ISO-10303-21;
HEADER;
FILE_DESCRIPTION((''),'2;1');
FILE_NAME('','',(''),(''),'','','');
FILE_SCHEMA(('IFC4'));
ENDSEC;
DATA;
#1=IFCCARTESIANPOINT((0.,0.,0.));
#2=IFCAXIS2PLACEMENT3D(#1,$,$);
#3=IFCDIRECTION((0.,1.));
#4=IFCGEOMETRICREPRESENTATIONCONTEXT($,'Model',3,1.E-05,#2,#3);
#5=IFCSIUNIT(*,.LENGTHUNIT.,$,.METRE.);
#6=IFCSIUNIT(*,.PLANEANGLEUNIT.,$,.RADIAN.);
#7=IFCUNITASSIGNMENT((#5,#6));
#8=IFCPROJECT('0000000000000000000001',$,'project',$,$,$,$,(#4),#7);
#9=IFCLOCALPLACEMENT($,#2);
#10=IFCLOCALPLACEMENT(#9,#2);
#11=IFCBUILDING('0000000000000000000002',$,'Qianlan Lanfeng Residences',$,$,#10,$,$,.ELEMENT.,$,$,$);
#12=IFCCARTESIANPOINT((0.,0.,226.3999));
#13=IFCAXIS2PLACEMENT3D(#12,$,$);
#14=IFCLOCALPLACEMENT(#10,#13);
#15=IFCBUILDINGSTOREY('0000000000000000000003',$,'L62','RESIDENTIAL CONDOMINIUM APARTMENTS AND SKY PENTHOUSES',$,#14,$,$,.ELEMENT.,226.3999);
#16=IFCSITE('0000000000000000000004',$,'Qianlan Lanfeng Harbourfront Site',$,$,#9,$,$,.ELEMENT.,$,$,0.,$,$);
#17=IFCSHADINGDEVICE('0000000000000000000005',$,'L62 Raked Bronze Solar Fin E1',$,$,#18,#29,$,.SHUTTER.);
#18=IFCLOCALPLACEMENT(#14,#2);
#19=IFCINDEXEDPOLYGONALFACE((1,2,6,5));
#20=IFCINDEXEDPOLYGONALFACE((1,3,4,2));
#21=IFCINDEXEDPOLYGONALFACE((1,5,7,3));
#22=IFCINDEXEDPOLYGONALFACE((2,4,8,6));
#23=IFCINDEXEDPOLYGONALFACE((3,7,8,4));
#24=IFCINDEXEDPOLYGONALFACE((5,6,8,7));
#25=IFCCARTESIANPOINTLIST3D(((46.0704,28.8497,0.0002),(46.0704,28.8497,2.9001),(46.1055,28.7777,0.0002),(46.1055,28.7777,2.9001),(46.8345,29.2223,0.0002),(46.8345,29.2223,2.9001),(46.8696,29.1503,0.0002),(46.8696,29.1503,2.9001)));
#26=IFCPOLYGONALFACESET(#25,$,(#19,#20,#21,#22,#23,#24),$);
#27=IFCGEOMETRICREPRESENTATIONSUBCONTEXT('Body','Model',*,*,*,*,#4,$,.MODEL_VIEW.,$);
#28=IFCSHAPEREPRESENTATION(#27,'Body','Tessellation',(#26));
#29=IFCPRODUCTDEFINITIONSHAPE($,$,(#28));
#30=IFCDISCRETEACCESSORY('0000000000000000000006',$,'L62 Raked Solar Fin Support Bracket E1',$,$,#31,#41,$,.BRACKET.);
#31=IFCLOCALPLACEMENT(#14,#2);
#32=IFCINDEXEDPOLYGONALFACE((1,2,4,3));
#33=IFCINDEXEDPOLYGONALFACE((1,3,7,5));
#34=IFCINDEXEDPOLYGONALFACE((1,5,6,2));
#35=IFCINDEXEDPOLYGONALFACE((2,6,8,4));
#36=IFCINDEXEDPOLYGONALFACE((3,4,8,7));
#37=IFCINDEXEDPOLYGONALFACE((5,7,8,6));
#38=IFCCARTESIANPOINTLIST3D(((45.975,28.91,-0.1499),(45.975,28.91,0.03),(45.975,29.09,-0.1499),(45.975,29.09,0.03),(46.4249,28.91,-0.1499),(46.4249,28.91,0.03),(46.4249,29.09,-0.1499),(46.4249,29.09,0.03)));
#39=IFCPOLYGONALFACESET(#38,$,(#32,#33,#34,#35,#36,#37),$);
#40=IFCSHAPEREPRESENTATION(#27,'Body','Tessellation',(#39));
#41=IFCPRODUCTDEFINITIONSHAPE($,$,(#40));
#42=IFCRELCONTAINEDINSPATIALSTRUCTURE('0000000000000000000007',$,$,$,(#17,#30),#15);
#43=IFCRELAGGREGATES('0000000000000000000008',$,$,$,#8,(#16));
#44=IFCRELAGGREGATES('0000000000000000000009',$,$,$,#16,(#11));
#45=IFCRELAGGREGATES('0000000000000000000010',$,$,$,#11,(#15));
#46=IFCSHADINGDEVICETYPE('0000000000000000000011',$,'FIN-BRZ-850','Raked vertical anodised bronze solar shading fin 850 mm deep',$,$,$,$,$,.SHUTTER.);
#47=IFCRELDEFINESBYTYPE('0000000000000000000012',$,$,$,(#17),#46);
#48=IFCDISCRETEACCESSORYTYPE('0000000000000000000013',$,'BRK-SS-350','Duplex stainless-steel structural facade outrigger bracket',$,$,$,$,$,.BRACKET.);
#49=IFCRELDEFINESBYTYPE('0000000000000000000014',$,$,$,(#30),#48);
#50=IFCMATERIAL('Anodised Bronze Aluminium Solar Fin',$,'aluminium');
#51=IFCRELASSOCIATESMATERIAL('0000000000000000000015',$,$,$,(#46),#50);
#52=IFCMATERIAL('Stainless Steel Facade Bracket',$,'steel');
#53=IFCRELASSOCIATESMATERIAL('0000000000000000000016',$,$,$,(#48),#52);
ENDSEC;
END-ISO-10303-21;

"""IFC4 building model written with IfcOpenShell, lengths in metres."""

from ifc_helpers import new_model, si_unit, direction, frame, origin, origin_2d, place, context, subcontext, project, spatial, rectangle, extrude, source, transform, mapped, material, type_object, element, save


model = new_model("IFC4")

# Units and contexts
model_context = context("Model", 3, precision=1e-05, world=origin(), true_north=direction((0.0, 1.0)))
body_context = subcontext(model_context, "Body", "Model", "MODEL_VIEW")
ifc_project = project(units=[si_unit("LENGTHUNIT", "METRE"), si_unit("PLANEANGLEUNIT", "RADIAN")], contexts=[model_context])

# Site, building, storey
site_placement = place(None, origin())
site = spatial("IfcSite", under=ifc_project, at=site_placement, Name="Qianlan Lanfeng Harbourfront Site", CompositionType="ELEMENT", RefElevation=0.0)
building_placement = place(site_placement, origin())
building = spatial("IfcBuilding", under=site, at=building_placement, Name="Qianlan Lanfeng Residences", CompositionType="ELEMENT")
storey_placement = place(building_placement, frame((0.0, 0.0, 226.3999)))
storey = spatial("IfcBuildingStorey", under=building, at=storey_placement, Name="L62", Description="RESIDENTIAL CONDOMINIUM APARTMENTS AND SKY PENTHOUSES", CompositionType="ELEMENT", Elevation=226.3999)

# Shading device
ifc_material_1 = material(Name="Anodised Bronze Aluminium Solar Fin", Category="aluminium")
shading_device_type = type_object("IfcShadingDeviceType", Name="FIN-BRZ-850", Description="Raked vertical anodised bronze solar shading fin 850 mm deep", PredefinedType="SHUTTER", material=ifc_material_1)
shared_shape_1 = source(origin(), body_context, "Body", "SweptSolid", [
    extrude(rectangle(XDim=0.8501, YDim=0.0801, at=origin_2d()), origin(), (0.0, 0.0, 1.0), 2.8999),
])
shading_device_placement = place(storey_placement, frame((46.47, 29.0, 0.0002), z_axis=(0.0, 0.0, 1.0), x_axis=(0.898794, 0.438371, 0.0)))
element("IfcShadingDevice", 1, at=shading_device_placement, inside=storey, type_object=shading_device_type, Name="L62 Raked Bronze Solar Fin E1", PredefinedType="SHUTTER", context=body_context, shape_type="MappedRepresentation", body=[
    mapped(shared_shape_1, transform((0.0, 0.0, 0.0), scale=1.0)),
])

# Discrete accessory
ifc_material_2 = material(Name="Stainless Steel Facade Bracket", Category="steel")
discrete_accessory_type = type_object("IfcDiscreteAccessoryType", Name="BRK-SS-350", Description="Duplex stainless-steel structural facade outrigger bracket", PredefinedType="BRACKET", material=ifc_material_2)
shared_shape_2 = source(origin(), body_context, "Body", "SweptSolid", [
    extrude(rectangle(XDim=0.45, YDim=0.1799, at=origin_2d()), origin(), (0.0, 0.0, 1.0), 0.1799),
])
discrete_accessory_placement = place(storey_placement, frame((46.2, 29.0, -0.1499), z_axis=(0.0, 0.0, 1.0), x_axis=(1.0, 0.0, 0.0)))
element("IfcDiscreteAccessory", 2, at=discrete_accessory_placement, inside=storey, type_object=discrete_accessory_type, Name="L62 Raked Solar Fin Support Bracket E1", PredefinedType="BRACKET", context=body_context, shape_type="MappedRepresentation", body=[
    mapped(shared_shape_2, transform((0.0, 0.0, 0.0), scale=1.0)),
])

save(model, "model.ifc")
